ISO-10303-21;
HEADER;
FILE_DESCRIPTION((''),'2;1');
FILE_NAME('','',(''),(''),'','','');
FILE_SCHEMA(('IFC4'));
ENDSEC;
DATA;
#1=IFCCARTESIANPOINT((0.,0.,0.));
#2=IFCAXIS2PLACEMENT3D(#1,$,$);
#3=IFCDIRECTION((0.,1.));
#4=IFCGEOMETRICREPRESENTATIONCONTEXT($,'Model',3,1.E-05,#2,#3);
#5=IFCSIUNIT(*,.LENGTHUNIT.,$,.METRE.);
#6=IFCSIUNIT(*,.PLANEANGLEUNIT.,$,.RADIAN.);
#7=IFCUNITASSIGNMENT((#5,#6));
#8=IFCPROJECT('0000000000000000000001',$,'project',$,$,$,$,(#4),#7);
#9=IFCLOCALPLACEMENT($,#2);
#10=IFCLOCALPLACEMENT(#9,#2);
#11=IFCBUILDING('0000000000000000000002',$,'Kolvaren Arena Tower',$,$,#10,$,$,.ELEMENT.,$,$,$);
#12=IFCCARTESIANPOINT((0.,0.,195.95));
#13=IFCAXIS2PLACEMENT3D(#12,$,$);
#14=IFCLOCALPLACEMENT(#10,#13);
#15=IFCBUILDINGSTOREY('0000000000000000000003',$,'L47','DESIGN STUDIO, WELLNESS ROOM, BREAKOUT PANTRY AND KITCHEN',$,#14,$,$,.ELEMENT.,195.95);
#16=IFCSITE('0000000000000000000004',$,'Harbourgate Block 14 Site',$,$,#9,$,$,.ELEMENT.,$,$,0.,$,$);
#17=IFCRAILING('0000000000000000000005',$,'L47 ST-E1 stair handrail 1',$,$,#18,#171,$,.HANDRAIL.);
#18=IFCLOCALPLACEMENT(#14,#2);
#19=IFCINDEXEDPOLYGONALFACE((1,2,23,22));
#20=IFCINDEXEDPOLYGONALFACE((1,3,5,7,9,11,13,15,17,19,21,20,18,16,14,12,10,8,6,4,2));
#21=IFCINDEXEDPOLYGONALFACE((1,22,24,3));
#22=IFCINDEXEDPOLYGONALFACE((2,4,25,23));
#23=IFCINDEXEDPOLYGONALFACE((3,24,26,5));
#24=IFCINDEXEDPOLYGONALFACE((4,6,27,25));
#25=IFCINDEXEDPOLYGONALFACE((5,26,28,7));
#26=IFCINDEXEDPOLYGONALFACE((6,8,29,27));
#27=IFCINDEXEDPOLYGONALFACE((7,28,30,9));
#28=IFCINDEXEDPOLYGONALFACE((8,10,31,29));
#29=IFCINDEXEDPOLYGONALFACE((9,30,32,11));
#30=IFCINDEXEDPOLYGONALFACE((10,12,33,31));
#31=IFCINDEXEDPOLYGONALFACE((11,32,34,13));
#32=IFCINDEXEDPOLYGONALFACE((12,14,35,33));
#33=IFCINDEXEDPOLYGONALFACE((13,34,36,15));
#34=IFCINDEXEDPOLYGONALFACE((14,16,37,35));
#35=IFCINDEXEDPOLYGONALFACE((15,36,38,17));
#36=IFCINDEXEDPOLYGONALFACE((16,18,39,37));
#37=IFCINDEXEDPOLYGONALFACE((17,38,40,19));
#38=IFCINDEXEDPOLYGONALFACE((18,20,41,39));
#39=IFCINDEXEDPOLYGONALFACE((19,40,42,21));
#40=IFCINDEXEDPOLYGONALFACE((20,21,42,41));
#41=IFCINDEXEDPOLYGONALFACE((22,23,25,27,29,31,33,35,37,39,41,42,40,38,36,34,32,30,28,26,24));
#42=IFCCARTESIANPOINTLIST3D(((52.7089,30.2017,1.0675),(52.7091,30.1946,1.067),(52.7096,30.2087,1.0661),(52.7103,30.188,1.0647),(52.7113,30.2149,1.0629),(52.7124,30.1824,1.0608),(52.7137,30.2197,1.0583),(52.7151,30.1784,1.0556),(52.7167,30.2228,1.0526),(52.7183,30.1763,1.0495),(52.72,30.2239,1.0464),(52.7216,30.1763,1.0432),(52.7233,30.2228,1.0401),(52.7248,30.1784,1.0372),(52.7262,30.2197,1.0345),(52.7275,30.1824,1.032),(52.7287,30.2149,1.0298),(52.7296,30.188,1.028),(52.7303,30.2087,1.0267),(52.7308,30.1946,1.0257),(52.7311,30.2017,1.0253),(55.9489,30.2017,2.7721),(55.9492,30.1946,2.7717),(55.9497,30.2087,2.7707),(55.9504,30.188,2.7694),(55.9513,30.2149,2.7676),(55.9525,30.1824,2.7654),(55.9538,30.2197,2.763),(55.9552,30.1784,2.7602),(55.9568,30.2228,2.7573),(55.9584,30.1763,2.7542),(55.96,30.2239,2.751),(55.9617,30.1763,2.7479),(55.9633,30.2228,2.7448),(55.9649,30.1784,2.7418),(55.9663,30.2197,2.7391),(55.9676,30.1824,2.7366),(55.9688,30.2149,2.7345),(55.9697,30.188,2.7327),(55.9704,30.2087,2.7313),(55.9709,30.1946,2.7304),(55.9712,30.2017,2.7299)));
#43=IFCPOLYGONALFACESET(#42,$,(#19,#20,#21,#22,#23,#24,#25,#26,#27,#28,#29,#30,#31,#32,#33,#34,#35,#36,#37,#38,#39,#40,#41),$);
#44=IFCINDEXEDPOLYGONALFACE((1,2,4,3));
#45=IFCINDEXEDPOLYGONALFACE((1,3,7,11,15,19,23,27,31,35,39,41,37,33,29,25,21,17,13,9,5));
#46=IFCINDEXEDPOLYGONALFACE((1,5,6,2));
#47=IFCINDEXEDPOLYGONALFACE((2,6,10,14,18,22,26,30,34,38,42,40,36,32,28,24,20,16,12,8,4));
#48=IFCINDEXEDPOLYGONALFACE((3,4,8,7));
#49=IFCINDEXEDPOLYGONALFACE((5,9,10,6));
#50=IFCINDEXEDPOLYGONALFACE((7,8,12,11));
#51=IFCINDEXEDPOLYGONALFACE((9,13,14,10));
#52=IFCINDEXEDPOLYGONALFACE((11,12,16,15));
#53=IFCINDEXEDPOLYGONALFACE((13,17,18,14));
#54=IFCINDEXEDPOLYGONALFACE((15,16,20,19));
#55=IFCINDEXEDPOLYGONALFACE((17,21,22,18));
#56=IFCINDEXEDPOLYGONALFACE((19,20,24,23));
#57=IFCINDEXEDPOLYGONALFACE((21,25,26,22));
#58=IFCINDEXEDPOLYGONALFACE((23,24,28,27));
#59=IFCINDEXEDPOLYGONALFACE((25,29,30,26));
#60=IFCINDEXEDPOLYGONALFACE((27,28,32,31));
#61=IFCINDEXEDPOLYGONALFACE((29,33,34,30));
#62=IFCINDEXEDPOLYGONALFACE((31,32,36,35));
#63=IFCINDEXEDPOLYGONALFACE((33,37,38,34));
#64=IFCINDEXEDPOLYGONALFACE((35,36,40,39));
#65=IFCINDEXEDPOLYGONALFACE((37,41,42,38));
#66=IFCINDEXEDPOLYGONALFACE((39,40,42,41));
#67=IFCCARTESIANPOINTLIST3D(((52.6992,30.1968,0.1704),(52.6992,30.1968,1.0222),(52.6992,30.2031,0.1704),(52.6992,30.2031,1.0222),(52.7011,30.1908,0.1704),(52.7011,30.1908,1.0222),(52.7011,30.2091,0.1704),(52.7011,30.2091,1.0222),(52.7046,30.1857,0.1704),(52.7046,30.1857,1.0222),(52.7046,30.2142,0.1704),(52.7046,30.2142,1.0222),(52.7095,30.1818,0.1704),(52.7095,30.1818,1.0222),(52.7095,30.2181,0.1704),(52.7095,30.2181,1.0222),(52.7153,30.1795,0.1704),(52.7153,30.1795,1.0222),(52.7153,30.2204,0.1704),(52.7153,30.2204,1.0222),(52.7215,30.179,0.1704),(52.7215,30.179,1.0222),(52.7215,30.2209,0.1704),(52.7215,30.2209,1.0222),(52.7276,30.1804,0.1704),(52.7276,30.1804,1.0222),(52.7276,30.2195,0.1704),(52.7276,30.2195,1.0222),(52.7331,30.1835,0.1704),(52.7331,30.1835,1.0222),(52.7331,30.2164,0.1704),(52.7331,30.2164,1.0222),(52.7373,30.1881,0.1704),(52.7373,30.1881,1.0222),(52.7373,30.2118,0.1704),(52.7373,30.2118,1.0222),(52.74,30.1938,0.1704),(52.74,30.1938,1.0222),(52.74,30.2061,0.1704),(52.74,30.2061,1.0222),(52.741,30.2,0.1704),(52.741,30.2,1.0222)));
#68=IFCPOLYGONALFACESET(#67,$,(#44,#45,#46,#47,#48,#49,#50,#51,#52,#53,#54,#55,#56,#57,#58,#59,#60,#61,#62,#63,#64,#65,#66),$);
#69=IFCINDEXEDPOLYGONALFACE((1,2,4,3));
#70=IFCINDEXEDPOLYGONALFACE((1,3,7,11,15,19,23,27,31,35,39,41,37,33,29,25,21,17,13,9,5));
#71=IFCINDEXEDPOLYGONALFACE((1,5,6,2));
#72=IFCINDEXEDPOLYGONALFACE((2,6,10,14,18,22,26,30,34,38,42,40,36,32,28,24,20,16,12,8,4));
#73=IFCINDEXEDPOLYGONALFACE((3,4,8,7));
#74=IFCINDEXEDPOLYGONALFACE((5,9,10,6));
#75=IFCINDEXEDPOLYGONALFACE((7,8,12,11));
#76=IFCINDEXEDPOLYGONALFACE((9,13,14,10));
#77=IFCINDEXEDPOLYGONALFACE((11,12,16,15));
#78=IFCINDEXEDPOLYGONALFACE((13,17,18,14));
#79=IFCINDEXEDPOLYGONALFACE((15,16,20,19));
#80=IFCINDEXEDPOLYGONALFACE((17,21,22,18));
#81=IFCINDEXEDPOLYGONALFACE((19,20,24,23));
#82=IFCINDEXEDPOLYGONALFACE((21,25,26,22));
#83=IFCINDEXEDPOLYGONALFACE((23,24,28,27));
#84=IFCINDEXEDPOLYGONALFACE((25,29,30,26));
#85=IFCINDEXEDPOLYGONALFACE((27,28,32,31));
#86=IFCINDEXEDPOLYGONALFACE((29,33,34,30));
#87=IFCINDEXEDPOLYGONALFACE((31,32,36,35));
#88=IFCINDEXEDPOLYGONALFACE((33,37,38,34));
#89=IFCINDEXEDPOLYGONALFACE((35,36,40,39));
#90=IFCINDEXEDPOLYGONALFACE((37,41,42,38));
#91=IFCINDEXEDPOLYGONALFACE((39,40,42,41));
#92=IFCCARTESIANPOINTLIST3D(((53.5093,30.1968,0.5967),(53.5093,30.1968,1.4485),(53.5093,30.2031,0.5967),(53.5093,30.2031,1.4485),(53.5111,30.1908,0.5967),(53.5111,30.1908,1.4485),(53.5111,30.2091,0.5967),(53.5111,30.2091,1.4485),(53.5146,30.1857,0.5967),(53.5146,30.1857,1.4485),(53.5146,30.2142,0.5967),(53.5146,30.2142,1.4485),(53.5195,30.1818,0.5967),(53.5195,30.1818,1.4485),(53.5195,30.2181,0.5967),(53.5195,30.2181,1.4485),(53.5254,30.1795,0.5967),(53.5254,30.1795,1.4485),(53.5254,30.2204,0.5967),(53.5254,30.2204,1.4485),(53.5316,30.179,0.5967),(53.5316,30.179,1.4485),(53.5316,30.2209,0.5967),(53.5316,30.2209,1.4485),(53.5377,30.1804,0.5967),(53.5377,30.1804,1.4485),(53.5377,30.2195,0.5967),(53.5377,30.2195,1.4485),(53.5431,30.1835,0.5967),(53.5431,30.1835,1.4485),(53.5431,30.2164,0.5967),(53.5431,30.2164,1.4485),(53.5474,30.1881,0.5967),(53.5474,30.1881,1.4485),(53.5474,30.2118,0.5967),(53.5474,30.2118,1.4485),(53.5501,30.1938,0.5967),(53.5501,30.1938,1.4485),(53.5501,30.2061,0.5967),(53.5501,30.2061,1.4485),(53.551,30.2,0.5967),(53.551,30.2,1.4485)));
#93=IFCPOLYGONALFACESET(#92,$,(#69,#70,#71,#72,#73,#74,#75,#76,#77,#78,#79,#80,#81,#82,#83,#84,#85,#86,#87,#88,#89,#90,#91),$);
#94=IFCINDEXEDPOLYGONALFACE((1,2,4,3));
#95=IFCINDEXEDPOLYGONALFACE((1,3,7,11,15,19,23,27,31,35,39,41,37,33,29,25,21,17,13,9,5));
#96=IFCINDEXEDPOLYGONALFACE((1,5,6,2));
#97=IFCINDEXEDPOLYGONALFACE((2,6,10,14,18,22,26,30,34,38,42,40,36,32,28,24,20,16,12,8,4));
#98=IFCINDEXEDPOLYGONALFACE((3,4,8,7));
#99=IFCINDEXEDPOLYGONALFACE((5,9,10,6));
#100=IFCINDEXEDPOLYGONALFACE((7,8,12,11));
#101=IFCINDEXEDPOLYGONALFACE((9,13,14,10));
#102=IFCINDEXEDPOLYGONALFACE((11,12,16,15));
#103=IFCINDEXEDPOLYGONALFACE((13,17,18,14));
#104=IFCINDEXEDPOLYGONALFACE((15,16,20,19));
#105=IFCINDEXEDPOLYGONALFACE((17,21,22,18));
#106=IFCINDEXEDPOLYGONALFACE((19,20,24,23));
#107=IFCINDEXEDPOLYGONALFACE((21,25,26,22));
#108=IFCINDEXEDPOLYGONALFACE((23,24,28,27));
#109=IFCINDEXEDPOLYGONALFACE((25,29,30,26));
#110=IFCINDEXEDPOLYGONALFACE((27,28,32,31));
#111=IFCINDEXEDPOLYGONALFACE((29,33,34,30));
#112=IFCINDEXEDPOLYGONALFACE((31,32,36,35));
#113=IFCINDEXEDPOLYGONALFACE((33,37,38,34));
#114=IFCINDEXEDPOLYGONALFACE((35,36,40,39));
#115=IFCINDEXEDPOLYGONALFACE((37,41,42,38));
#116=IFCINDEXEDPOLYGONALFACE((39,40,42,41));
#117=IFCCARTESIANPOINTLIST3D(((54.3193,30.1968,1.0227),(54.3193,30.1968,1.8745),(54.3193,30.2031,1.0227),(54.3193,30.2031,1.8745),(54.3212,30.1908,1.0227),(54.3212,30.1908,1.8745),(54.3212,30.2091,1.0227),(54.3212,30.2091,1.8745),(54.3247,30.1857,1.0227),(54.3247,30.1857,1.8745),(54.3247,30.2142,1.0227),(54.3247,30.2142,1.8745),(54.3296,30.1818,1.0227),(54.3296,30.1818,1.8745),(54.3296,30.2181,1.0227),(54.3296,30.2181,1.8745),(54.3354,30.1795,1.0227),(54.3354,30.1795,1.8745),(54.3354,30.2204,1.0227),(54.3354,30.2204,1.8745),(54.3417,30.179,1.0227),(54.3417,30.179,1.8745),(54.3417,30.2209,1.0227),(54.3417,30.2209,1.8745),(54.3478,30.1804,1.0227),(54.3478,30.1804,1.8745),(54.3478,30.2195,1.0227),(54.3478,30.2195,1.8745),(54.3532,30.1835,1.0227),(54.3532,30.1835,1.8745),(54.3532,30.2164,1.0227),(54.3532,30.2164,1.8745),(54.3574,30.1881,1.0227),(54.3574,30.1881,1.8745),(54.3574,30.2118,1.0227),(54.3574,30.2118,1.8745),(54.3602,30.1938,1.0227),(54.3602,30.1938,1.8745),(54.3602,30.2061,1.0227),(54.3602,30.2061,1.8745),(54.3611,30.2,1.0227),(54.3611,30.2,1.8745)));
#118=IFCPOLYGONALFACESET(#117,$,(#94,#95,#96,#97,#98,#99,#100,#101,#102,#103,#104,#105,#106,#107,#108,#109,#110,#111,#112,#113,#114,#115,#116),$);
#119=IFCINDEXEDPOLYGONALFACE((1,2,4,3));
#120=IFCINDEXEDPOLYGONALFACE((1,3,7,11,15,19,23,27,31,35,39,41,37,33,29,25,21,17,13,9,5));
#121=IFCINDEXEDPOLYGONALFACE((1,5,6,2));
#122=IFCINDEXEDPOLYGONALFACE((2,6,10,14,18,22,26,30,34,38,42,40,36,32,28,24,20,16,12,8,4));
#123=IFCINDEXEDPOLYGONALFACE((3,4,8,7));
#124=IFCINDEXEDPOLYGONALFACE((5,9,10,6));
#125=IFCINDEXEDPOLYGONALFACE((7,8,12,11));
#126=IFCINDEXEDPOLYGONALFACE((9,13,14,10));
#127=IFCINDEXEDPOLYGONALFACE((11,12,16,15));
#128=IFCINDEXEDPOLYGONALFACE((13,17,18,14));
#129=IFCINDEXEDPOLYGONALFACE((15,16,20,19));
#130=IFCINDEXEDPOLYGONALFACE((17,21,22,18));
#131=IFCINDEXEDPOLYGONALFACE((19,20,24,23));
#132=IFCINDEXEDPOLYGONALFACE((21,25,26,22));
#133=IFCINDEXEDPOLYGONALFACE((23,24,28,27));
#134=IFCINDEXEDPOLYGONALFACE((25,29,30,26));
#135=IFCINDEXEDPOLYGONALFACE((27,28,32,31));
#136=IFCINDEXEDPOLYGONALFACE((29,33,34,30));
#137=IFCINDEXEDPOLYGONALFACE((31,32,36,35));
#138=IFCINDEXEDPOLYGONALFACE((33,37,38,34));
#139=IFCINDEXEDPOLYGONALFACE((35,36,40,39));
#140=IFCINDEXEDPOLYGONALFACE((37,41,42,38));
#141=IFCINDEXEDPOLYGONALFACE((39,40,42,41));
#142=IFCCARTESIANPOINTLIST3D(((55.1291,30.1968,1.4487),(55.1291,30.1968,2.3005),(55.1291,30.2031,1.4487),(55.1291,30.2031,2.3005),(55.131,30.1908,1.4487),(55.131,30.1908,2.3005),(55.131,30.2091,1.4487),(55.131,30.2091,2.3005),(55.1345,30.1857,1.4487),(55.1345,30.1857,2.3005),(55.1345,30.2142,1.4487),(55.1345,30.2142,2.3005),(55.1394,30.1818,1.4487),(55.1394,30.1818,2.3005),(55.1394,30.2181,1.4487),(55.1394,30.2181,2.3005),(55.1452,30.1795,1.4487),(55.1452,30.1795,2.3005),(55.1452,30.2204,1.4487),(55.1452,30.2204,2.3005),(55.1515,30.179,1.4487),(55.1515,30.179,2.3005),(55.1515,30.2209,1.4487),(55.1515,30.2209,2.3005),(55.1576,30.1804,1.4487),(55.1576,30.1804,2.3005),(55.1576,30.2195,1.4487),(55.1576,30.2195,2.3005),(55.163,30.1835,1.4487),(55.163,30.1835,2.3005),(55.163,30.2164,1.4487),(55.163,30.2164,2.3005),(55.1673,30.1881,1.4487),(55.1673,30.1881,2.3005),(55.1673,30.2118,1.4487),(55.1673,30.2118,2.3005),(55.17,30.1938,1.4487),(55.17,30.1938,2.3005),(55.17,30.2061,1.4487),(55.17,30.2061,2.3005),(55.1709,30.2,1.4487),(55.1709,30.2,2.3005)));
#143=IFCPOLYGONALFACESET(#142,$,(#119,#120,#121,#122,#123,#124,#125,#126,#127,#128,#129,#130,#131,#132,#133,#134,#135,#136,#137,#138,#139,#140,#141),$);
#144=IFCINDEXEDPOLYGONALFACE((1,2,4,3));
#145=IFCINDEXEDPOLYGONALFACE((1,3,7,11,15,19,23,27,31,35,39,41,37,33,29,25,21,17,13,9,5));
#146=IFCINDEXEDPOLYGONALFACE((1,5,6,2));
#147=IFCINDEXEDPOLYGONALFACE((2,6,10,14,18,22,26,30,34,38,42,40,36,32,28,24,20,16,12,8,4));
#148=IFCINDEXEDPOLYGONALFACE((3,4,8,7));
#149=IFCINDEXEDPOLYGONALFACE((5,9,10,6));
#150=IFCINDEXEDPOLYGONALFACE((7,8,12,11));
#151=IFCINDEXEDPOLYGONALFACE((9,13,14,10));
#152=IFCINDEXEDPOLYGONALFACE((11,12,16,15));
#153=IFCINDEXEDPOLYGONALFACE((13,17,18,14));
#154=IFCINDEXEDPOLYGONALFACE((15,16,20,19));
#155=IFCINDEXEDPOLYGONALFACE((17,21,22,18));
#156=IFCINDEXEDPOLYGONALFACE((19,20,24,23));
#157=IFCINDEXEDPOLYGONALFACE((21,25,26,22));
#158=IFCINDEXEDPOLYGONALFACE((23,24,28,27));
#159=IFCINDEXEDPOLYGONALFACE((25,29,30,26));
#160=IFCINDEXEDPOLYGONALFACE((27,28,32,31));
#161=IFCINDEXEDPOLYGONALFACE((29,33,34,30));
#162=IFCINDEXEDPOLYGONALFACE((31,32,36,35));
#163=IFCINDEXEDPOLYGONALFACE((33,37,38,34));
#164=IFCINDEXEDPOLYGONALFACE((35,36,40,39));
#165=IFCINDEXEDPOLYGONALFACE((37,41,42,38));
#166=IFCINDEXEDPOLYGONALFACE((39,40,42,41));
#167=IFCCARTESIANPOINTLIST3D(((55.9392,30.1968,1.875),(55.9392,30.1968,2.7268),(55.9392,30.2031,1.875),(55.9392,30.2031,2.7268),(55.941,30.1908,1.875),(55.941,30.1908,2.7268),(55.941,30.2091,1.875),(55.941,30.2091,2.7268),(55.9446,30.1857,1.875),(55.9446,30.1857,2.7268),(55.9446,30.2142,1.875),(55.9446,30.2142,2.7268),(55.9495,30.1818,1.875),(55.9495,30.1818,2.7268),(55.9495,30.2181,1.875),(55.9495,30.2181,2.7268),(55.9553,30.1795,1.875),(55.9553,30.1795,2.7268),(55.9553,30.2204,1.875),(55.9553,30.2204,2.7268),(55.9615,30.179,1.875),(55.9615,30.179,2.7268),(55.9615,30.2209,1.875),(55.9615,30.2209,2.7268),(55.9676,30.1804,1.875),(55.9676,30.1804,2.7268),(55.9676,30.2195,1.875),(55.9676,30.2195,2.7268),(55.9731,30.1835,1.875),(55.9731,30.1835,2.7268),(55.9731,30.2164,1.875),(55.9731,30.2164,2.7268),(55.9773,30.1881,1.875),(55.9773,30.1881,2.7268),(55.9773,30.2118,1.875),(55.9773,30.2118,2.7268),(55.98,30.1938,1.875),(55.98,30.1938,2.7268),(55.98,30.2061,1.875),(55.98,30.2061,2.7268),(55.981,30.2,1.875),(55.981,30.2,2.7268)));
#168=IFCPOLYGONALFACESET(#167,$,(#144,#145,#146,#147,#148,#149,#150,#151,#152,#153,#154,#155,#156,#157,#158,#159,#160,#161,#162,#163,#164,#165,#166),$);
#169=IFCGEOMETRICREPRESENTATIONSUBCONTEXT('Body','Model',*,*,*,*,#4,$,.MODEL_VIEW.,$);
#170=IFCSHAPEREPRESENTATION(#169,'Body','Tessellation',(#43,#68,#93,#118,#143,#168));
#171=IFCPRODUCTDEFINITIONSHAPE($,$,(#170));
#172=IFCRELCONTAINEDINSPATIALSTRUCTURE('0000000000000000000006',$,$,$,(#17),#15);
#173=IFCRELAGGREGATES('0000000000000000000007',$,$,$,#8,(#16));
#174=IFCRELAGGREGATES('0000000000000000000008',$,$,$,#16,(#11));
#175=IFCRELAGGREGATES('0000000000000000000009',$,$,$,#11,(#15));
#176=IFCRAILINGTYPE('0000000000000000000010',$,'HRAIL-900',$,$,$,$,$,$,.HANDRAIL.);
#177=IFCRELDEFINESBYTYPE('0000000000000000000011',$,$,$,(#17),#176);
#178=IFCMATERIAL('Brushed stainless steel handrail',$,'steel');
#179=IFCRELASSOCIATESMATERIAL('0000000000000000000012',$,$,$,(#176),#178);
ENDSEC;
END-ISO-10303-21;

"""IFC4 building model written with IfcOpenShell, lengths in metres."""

from ifc_helpers import new_model, si_unit, direction, frame, origin, origin_2d, place, context, subcontext, project, spatial, circle, extrude, material, type_object, element, save


model = new_model("IFC4")

# Units and contexts
model_context = context("Model", 3, precision=1e-05, world=origin(), true_north=direction((0.0, 1.0)))
body_context = subcontext(model_context, "Body", "Model", "MODEL_VIEW")
ifc_project = project(units=[si_unit("LENGTHUNIT", "METRE"), si_unit("PLANEANGLEUNIT", "RADIAN")], contexts=[model_context])

# Site, building, storey
site_placement = place(None, origin())
site = spatial("IfcSite", under=ifc_project, at=site_placement, Name="Harbourgate Block 14 Site", CompositionType="ELEMENT", RefElevation=0.0)
building_placement = place(site_placement, origin())
building = spatial("IfcBuilding", under=site, at=building_placement, Name="Kolvaren Arena Tower", CompositionType="ELEMENT")
storey_placement = place(building_placement, frame((0.0, 0.0, 195.95)))
storey = spatial("IfcBuildingStorey", under=building, at=storey_placement, Name="L47", Description="DESIGN STUDIO, WELLNESS ROOM, BREAKOUT PANTRY AND KITCHEN", CompositionType="ELEMENT", Elevation=195.95)

# Railing
ifc_material_1 = material(Name="Brushed stainless steel handrail", Category="steel")
railing_type_1 = type_object("IfcRailingType", Name="HRAIL-900", PredefinedType="HANDRAIL", material=ifc_material_1)
railing_1_placement = place(storey_placement, frame((52.72, 30.2, 0.1704)))
element("IfcRailing", 1, at=railing_1_placement, inside=storey, type_object=railing_type_1, Name="L47 ST-E1 stair handrail 1", PredefinedType="HANDRAIL", context=body_context, shape_type="SweptSolid", body=[
    extrude(circle(Radius=0.0239, at=origin_2d()), frame((0.0, 0.0, 0.876), z_axis=(0.884993, 0.0, 0.465604), x_axis=(0.0, 1.0, 0.0)), (0.0, 0.0, 1.0), 3.6611),
    extrude(circle(Radius=0.021, at=origin_2d()), origin(), (0.0, 0.0, 1.0), 0.8518),
    extrude(circle(Radius=0.021, at=origin_2d()), frame((0.8101, 0.0, 0.4263)), (0.0, 0.0, 1.0), 0.8518),
    extrude(circle(Radius=0.021, at=origin_2d()), frame((1.6201, 0.0, 0.8523)), (0.0, 0.0, 1.0), 0.8518),
    extrude(circle(Radius=0.021, at=origin_2d()), frame((2.4299, 0.0, 1.2783)), (0.0, 0.0, 1.0), 0.8518),
    extrude(circle(Radius=0.021, at=origin_2d()), frame((3.24, 0.0, 1.7046)), (0.0, 0.0, 1.0), 0.8518),
])

save(model, "model.ifc")
